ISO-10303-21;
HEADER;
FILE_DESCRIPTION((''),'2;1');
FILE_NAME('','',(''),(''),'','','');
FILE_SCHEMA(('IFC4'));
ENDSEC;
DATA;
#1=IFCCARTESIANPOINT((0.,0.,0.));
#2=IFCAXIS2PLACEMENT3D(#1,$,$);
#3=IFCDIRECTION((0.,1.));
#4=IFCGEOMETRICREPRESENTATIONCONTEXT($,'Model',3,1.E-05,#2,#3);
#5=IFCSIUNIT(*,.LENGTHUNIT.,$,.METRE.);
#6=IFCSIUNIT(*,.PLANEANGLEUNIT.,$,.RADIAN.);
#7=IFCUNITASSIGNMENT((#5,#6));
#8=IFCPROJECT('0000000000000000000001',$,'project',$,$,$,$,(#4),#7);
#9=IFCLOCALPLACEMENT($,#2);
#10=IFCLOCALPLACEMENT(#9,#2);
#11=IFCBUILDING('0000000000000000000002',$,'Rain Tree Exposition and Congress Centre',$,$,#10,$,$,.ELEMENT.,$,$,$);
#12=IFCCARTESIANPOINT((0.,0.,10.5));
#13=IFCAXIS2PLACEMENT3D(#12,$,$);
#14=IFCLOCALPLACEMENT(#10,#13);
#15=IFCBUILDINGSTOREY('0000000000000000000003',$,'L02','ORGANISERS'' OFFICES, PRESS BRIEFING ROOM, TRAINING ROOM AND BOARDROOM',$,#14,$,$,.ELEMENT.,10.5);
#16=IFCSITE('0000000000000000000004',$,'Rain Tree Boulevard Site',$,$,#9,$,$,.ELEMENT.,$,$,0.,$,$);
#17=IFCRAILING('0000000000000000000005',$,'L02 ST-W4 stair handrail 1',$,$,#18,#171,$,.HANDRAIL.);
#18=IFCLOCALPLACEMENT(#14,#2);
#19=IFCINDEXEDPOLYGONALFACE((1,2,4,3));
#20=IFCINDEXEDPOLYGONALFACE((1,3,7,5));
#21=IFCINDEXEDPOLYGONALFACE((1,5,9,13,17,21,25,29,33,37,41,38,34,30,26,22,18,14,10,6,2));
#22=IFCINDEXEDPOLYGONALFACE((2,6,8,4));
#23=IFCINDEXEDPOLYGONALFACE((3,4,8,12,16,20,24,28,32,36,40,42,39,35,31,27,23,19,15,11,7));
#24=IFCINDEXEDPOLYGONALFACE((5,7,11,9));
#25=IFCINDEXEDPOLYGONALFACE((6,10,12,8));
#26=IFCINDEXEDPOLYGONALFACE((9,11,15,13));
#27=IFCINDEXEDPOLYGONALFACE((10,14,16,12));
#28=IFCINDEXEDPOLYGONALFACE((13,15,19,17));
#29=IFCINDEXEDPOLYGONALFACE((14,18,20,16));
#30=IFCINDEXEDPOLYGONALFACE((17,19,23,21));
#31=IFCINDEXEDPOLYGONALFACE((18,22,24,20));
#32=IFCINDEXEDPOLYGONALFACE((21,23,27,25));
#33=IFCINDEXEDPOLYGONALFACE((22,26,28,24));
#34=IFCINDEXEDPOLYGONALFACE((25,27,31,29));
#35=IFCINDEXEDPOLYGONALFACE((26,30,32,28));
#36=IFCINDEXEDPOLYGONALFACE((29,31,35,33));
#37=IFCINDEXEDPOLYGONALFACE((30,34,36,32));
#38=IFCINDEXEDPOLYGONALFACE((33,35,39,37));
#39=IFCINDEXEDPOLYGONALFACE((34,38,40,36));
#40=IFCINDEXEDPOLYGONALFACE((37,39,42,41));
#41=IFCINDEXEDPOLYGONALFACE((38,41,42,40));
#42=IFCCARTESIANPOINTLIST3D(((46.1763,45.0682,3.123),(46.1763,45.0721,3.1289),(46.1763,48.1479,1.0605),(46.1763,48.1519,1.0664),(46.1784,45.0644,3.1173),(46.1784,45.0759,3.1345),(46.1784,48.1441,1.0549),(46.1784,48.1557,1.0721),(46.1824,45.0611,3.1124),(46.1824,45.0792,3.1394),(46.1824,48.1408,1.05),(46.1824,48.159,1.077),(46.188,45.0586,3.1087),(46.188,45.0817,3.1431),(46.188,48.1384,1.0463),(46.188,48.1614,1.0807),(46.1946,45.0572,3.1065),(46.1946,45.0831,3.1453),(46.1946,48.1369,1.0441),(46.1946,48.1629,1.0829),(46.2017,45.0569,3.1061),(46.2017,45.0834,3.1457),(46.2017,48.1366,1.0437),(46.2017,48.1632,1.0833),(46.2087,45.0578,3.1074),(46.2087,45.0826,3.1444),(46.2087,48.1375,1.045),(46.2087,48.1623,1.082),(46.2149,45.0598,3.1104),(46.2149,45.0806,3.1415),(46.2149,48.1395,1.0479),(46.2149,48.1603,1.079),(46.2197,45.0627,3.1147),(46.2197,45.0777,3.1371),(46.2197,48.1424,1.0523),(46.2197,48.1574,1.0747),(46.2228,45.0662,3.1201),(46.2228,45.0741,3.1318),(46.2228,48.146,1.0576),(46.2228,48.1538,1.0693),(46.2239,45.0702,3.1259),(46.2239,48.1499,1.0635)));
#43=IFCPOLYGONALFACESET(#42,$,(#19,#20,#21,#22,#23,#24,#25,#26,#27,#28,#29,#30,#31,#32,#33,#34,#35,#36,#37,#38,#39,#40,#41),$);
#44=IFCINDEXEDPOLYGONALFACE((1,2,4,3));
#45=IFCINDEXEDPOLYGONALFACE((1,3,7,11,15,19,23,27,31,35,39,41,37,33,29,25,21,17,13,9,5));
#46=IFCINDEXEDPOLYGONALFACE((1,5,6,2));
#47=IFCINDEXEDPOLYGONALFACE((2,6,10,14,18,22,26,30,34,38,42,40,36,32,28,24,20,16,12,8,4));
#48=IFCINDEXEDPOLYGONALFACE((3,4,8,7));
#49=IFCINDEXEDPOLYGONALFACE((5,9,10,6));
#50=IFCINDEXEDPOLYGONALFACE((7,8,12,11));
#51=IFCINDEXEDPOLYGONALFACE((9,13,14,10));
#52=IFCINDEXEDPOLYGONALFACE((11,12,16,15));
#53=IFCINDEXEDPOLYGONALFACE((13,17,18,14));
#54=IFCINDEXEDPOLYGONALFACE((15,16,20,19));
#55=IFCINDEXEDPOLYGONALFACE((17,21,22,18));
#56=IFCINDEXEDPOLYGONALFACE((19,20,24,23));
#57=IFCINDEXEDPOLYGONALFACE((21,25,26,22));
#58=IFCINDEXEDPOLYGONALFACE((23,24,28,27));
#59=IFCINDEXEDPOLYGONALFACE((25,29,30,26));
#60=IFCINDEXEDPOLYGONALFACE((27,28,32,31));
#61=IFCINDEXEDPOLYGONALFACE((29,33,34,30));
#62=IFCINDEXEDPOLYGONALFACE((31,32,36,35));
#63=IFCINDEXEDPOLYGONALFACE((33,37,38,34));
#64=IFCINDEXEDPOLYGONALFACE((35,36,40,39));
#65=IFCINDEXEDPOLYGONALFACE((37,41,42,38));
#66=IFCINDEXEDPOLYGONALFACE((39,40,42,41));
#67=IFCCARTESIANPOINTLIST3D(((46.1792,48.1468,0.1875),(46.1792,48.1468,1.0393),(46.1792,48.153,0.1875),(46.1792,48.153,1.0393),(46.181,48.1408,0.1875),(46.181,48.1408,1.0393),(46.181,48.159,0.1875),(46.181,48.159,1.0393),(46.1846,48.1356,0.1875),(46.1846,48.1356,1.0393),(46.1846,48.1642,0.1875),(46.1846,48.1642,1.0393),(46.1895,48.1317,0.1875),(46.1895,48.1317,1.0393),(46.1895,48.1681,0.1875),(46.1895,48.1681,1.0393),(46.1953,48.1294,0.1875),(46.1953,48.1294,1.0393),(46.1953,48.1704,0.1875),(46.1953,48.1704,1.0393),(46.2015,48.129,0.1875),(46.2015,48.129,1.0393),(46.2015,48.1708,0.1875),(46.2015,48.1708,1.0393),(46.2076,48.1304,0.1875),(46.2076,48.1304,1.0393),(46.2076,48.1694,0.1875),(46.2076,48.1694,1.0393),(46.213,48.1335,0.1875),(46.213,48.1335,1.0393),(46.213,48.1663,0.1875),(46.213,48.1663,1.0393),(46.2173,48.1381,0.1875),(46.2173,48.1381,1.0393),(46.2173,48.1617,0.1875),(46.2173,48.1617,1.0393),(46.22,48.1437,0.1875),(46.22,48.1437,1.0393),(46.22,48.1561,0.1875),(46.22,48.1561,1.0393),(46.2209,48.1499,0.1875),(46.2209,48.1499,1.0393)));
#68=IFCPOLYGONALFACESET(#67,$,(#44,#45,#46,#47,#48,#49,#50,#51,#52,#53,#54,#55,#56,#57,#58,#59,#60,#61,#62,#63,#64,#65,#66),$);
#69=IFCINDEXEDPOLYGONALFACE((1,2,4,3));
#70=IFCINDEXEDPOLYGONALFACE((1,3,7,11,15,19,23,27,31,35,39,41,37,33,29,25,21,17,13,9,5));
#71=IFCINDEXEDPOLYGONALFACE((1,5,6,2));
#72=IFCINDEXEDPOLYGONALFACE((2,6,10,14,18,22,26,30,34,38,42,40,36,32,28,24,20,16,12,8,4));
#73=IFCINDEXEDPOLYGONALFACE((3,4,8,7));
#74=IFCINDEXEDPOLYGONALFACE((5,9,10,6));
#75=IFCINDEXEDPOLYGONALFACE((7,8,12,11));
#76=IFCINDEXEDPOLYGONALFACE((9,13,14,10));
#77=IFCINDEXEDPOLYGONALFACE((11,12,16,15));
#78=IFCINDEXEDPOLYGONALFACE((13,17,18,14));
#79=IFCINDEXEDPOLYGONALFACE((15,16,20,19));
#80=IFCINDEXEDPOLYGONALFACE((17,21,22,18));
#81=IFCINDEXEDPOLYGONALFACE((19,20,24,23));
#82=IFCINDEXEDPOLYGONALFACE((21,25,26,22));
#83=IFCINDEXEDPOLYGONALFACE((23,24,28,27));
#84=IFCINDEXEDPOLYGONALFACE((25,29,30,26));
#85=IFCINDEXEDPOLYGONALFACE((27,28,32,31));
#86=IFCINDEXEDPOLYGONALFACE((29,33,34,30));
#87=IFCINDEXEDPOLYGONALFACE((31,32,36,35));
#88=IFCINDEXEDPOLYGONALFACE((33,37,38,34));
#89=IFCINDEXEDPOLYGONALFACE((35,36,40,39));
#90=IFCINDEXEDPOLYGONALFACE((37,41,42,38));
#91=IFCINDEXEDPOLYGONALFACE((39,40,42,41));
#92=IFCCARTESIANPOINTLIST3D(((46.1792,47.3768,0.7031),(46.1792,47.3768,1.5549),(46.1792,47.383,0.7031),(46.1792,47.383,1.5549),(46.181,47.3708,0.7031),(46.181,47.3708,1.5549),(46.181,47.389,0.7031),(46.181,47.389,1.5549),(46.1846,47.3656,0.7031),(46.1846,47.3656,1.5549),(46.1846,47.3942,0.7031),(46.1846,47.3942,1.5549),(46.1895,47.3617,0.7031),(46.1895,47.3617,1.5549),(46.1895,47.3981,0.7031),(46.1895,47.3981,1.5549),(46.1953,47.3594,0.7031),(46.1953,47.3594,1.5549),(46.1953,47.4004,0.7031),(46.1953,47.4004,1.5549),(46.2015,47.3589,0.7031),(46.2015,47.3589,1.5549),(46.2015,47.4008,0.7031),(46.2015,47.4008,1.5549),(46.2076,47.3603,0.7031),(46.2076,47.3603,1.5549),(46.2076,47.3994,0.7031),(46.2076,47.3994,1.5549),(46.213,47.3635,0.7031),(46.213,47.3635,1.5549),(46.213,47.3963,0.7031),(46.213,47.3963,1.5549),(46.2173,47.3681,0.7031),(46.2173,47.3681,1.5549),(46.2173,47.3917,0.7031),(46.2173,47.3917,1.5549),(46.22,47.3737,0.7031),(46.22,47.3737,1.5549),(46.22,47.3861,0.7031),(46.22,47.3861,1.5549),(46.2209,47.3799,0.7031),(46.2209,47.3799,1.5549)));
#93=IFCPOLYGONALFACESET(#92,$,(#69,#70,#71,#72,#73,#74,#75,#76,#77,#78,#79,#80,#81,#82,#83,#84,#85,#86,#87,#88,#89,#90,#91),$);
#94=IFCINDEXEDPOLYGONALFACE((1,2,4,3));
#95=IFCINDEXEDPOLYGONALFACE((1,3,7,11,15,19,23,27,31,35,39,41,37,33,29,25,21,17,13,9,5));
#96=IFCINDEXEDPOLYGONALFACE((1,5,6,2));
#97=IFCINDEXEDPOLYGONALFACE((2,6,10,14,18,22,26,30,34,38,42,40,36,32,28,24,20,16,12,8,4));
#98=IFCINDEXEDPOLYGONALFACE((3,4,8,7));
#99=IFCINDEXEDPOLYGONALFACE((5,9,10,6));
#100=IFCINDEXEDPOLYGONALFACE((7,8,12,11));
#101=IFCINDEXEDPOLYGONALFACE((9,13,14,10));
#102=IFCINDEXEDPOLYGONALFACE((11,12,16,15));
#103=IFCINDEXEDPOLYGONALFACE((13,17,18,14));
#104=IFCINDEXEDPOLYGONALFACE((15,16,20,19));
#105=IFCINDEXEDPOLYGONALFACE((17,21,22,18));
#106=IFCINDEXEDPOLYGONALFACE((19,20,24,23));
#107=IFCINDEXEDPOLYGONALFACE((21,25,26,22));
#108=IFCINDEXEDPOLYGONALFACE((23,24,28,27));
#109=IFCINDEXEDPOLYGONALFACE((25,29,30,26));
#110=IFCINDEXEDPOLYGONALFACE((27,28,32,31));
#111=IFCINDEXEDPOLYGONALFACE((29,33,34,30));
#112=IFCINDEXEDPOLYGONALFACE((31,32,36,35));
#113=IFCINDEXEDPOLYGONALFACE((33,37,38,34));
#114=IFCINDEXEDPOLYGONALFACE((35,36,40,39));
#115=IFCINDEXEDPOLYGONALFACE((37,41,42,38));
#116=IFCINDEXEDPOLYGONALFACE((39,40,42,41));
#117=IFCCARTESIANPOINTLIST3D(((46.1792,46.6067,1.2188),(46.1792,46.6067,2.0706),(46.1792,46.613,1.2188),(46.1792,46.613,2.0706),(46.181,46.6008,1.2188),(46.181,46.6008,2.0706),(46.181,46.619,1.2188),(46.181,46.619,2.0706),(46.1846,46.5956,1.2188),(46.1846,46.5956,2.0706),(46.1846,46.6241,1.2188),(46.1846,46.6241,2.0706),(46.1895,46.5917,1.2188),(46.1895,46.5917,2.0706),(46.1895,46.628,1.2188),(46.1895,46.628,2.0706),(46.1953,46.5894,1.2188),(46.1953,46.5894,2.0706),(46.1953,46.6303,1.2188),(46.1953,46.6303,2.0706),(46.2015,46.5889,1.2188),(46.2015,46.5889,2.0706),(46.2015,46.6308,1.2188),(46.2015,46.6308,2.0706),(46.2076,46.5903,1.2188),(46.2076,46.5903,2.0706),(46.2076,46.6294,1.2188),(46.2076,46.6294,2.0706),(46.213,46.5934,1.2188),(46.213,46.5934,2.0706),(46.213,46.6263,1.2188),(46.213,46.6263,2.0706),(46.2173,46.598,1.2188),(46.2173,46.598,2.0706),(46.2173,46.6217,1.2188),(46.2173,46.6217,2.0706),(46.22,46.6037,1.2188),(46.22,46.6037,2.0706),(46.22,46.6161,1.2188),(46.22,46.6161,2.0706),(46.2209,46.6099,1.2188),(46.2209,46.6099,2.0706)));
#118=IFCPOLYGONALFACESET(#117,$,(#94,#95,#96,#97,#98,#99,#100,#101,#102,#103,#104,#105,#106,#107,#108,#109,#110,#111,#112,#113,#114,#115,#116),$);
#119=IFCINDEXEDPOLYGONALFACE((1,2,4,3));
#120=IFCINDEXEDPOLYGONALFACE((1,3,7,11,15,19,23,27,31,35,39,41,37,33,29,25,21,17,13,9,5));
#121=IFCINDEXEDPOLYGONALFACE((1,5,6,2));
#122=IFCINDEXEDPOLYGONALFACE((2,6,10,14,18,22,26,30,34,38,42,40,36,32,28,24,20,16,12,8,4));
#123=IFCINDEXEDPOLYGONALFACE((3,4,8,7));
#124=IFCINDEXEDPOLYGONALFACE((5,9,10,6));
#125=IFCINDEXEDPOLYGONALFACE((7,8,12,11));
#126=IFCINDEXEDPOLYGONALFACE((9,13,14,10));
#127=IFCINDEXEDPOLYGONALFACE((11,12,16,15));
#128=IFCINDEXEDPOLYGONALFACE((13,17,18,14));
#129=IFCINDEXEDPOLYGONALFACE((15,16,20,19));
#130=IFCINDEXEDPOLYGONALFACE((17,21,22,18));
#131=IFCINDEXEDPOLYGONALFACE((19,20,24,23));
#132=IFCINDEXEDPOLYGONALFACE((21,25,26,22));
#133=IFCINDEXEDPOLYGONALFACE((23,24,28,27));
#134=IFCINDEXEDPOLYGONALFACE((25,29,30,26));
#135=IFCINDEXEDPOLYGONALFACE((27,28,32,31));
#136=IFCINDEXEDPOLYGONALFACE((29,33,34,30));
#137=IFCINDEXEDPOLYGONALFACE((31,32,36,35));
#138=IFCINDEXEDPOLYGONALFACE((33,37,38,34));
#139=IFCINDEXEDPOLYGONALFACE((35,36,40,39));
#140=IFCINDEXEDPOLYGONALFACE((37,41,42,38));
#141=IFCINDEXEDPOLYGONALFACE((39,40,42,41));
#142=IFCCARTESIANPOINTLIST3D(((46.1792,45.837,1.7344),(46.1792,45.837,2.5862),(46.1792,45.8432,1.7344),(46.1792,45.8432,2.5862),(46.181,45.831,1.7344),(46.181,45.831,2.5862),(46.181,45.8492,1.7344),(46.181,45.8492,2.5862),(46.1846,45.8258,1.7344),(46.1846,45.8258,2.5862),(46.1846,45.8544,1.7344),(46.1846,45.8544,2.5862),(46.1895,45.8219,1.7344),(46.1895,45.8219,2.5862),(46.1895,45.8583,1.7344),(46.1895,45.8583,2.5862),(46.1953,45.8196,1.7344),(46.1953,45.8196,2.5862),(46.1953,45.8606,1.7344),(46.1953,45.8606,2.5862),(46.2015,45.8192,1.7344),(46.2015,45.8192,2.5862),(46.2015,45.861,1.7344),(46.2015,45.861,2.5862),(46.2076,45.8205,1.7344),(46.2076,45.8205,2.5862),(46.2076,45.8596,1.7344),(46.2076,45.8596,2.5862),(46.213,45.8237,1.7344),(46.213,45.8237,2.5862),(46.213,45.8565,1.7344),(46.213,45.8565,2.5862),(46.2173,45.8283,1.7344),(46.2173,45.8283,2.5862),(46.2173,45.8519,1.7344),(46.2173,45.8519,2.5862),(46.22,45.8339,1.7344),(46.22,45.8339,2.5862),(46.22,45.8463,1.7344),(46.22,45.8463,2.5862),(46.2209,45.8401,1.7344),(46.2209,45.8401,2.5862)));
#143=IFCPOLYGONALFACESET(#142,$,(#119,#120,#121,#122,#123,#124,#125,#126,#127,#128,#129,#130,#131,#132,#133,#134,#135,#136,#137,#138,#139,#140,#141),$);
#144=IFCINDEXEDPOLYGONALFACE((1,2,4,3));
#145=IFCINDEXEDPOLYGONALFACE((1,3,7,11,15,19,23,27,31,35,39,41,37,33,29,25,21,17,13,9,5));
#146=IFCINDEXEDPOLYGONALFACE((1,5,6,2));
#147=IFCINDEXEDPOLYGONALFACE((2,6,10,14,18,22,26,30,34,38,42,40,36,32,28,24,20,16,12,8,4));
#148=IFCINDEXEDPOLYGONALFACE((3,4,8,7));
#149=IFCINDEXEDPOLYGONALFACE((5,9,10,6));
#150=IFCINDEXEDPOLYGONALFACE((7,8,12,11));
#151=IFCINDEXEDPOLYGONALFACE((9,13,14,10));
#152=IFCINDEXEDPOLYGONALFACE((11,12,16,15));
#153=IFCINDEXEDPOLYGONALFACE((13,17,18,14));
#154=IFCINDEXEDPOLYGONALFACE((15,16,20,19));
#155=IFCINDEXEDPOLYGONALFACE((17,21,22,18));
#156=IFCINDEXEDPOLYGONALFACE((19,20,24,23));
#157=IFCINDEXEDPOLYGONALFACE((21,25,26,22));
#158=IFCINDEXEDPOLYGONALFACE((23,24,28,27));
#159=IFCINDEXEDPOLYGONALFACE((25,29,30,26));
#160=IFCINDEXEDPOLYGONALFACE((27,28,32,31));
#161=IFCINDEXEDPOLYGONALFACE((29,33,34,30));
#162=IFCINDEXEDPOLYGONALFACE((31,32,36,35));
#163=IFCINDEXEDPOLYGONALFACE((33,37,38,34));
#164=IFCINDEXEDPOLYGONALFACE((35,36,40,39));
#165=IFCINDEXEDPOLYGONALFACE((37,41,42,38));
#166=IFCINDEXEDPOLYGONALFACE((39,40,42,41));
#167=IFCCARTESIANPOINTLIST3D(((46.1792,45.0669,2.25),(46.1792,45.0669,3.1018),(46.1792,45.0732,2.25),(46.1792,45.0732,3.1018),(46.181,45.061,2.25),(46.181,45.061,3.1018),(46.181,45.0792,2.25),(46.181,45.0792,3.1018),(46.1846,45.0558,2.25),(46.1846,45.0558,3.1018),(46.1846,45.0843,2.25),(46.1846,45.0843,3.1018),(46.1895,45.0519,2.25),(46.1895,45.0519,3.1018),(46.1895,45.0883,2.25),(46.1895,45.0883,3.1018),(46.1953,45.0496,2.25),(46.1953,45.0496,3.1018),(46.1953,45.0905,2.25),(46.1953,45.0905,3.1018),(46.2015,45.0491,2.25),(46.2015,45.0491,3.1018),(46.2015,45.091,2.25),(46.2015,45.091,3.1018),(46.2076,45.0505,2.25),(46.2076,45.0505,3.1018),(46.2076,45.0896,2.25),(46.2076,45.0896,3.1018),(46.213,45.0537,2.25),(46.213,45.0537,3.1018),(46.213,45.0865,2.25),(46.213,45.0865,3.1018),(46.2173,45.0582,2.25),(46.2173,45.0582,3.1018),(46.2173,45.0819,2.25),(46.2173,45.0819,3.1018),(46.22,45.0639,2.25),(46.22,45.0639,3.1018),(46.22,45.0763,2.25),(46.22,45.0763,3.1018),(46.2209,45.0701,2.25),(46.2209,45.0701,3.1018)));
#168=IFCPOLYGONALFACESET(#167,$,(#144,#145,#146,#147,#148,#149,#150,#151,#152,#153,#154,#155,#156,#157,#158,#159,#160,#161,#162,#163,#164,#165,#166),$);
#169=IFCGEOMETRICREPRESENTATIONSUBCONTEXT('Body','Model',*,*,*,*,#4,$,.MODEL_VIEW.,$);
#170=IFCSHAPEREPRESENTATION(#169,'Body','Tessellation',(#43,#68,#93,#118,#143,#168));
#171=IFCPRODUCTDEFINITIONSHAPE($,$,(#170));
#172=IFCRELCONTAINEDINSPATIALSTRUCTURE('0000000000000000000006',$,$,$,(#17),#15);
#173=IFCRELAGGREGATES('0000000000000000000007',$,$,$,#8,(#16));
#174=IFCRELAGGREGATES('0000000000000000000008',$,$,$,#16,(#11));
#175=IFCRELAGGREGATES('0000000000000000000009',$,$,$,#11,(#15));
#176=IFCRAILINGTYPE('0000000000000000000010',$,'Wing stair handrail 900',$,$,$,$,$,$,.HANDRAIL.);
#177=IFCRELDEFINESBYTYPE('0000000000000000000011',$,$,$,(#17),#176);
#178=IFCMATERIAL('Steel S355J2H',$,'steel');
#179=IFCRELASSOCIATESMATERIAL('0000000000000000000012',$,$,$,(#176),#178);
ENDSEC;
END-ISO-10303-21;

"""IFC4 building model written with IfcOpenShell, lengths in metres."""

from ifc_helpers import new_model, si_unit, direction, frame, origin, origin_2d, place, context, subcontext, project, spatial, circle, extrude, material, type_object, element, save


model = new_model("IFC4")

# Units and contexts
model_context = context("Model", 3, precision=1e-05, world=origin(), true_north=direction((0.0, 1.0)))
body_context = subcontext(model_context, "Body", "Model", "MODEL_VIEW")
ifc_project = project(units=[si_unit("LENGTHUNIT", "METRE"), si_unit("PLANEANGLEUNIT", "RADIAN")], contexts=[model_context])

# Site, building, storey
site_placement = place(None, origin())
site = spatial("IfcSite", under=ifc_project, at=site_placement, Name="Rain Tree Boulevard Site", CompositionType="ELEMENT", RefElevation=0.0)
building_placement = place(site_placement, origin())
building = spatial("IfcBuilding", under=site, at=building_placement, Name="Rain Tree Exposition and Congress Centre", CompositionType="ELEMENT")
storey_placement = place(building_placement, frame((0.0, 0.0, 10.5)))
storey = spatial("IfcBuildingStorey", under=building, at=storey_placement, Name="L02", Description="ORGANISERS' OFFICES, PRESS BRIEFING ROOM, TRAINING ROOM AND BOARDROOM", CompositionType="ELEMENT", Elevation=10.5)

# Railing
ifc_material_1 = material(Name="Steel S355J2H", Category="steel")
railing_type_1 = type_object("IfcRailingType", Name="Wing stair handrail 900", PredefinedType="HANDRAIL", material=ifc_material_1)
railing_1_placement = place(storey_placement, frame((46.2, 48.1499, 0.1875)))
element("IfcRailing", 1, at=railing_1_placement, inside=storey, type_object=railing_type_1, Name="L02 ST-W4 stair handrail 1", PredefinedType="HANDRAIL", context=body_context, shape_type="SweptSolid", body=[
    extrude(circle(Radius=0.0239, at=origin_2d()), frame((0.0, 0.0, 0.876), z_axis=(0.0, -0.830893, 0.556432), x_axis=(1.0, 0.0, 0.0)), (0.0, 0.0, 1.0), 3.7065),
    extrude(circle(Radius=0.021, at=origin_2d()), origin(), (0.0, 0.0, 1.0), 0.8518),
    extrude(circle(Radius=0.021, at=origin_2d()), frame((0.0, -0.77, 0.5156)), (0.0, 0.0, 1.0), 0.8518),
    extrude(circle(Radius=0.021, at=origin_2d()), frame((0.0, -1.54, 1.0312)), (0.0, 0.0, 1.0), 0.8518),
    extrude(circle(Radius=0.021, at=origin_2d()), frame((0.0, -2.3098, 1.5469)), (0.0, 0.0, 1.0), 0.8518),
    extrude(circle(Radius=0.021, at=origin_2d()), frame((0.0, -3.0798, 2.0625)), (0.0, 0.0, 1.0), 0.8518),
])

save(model, "model.ifc")
